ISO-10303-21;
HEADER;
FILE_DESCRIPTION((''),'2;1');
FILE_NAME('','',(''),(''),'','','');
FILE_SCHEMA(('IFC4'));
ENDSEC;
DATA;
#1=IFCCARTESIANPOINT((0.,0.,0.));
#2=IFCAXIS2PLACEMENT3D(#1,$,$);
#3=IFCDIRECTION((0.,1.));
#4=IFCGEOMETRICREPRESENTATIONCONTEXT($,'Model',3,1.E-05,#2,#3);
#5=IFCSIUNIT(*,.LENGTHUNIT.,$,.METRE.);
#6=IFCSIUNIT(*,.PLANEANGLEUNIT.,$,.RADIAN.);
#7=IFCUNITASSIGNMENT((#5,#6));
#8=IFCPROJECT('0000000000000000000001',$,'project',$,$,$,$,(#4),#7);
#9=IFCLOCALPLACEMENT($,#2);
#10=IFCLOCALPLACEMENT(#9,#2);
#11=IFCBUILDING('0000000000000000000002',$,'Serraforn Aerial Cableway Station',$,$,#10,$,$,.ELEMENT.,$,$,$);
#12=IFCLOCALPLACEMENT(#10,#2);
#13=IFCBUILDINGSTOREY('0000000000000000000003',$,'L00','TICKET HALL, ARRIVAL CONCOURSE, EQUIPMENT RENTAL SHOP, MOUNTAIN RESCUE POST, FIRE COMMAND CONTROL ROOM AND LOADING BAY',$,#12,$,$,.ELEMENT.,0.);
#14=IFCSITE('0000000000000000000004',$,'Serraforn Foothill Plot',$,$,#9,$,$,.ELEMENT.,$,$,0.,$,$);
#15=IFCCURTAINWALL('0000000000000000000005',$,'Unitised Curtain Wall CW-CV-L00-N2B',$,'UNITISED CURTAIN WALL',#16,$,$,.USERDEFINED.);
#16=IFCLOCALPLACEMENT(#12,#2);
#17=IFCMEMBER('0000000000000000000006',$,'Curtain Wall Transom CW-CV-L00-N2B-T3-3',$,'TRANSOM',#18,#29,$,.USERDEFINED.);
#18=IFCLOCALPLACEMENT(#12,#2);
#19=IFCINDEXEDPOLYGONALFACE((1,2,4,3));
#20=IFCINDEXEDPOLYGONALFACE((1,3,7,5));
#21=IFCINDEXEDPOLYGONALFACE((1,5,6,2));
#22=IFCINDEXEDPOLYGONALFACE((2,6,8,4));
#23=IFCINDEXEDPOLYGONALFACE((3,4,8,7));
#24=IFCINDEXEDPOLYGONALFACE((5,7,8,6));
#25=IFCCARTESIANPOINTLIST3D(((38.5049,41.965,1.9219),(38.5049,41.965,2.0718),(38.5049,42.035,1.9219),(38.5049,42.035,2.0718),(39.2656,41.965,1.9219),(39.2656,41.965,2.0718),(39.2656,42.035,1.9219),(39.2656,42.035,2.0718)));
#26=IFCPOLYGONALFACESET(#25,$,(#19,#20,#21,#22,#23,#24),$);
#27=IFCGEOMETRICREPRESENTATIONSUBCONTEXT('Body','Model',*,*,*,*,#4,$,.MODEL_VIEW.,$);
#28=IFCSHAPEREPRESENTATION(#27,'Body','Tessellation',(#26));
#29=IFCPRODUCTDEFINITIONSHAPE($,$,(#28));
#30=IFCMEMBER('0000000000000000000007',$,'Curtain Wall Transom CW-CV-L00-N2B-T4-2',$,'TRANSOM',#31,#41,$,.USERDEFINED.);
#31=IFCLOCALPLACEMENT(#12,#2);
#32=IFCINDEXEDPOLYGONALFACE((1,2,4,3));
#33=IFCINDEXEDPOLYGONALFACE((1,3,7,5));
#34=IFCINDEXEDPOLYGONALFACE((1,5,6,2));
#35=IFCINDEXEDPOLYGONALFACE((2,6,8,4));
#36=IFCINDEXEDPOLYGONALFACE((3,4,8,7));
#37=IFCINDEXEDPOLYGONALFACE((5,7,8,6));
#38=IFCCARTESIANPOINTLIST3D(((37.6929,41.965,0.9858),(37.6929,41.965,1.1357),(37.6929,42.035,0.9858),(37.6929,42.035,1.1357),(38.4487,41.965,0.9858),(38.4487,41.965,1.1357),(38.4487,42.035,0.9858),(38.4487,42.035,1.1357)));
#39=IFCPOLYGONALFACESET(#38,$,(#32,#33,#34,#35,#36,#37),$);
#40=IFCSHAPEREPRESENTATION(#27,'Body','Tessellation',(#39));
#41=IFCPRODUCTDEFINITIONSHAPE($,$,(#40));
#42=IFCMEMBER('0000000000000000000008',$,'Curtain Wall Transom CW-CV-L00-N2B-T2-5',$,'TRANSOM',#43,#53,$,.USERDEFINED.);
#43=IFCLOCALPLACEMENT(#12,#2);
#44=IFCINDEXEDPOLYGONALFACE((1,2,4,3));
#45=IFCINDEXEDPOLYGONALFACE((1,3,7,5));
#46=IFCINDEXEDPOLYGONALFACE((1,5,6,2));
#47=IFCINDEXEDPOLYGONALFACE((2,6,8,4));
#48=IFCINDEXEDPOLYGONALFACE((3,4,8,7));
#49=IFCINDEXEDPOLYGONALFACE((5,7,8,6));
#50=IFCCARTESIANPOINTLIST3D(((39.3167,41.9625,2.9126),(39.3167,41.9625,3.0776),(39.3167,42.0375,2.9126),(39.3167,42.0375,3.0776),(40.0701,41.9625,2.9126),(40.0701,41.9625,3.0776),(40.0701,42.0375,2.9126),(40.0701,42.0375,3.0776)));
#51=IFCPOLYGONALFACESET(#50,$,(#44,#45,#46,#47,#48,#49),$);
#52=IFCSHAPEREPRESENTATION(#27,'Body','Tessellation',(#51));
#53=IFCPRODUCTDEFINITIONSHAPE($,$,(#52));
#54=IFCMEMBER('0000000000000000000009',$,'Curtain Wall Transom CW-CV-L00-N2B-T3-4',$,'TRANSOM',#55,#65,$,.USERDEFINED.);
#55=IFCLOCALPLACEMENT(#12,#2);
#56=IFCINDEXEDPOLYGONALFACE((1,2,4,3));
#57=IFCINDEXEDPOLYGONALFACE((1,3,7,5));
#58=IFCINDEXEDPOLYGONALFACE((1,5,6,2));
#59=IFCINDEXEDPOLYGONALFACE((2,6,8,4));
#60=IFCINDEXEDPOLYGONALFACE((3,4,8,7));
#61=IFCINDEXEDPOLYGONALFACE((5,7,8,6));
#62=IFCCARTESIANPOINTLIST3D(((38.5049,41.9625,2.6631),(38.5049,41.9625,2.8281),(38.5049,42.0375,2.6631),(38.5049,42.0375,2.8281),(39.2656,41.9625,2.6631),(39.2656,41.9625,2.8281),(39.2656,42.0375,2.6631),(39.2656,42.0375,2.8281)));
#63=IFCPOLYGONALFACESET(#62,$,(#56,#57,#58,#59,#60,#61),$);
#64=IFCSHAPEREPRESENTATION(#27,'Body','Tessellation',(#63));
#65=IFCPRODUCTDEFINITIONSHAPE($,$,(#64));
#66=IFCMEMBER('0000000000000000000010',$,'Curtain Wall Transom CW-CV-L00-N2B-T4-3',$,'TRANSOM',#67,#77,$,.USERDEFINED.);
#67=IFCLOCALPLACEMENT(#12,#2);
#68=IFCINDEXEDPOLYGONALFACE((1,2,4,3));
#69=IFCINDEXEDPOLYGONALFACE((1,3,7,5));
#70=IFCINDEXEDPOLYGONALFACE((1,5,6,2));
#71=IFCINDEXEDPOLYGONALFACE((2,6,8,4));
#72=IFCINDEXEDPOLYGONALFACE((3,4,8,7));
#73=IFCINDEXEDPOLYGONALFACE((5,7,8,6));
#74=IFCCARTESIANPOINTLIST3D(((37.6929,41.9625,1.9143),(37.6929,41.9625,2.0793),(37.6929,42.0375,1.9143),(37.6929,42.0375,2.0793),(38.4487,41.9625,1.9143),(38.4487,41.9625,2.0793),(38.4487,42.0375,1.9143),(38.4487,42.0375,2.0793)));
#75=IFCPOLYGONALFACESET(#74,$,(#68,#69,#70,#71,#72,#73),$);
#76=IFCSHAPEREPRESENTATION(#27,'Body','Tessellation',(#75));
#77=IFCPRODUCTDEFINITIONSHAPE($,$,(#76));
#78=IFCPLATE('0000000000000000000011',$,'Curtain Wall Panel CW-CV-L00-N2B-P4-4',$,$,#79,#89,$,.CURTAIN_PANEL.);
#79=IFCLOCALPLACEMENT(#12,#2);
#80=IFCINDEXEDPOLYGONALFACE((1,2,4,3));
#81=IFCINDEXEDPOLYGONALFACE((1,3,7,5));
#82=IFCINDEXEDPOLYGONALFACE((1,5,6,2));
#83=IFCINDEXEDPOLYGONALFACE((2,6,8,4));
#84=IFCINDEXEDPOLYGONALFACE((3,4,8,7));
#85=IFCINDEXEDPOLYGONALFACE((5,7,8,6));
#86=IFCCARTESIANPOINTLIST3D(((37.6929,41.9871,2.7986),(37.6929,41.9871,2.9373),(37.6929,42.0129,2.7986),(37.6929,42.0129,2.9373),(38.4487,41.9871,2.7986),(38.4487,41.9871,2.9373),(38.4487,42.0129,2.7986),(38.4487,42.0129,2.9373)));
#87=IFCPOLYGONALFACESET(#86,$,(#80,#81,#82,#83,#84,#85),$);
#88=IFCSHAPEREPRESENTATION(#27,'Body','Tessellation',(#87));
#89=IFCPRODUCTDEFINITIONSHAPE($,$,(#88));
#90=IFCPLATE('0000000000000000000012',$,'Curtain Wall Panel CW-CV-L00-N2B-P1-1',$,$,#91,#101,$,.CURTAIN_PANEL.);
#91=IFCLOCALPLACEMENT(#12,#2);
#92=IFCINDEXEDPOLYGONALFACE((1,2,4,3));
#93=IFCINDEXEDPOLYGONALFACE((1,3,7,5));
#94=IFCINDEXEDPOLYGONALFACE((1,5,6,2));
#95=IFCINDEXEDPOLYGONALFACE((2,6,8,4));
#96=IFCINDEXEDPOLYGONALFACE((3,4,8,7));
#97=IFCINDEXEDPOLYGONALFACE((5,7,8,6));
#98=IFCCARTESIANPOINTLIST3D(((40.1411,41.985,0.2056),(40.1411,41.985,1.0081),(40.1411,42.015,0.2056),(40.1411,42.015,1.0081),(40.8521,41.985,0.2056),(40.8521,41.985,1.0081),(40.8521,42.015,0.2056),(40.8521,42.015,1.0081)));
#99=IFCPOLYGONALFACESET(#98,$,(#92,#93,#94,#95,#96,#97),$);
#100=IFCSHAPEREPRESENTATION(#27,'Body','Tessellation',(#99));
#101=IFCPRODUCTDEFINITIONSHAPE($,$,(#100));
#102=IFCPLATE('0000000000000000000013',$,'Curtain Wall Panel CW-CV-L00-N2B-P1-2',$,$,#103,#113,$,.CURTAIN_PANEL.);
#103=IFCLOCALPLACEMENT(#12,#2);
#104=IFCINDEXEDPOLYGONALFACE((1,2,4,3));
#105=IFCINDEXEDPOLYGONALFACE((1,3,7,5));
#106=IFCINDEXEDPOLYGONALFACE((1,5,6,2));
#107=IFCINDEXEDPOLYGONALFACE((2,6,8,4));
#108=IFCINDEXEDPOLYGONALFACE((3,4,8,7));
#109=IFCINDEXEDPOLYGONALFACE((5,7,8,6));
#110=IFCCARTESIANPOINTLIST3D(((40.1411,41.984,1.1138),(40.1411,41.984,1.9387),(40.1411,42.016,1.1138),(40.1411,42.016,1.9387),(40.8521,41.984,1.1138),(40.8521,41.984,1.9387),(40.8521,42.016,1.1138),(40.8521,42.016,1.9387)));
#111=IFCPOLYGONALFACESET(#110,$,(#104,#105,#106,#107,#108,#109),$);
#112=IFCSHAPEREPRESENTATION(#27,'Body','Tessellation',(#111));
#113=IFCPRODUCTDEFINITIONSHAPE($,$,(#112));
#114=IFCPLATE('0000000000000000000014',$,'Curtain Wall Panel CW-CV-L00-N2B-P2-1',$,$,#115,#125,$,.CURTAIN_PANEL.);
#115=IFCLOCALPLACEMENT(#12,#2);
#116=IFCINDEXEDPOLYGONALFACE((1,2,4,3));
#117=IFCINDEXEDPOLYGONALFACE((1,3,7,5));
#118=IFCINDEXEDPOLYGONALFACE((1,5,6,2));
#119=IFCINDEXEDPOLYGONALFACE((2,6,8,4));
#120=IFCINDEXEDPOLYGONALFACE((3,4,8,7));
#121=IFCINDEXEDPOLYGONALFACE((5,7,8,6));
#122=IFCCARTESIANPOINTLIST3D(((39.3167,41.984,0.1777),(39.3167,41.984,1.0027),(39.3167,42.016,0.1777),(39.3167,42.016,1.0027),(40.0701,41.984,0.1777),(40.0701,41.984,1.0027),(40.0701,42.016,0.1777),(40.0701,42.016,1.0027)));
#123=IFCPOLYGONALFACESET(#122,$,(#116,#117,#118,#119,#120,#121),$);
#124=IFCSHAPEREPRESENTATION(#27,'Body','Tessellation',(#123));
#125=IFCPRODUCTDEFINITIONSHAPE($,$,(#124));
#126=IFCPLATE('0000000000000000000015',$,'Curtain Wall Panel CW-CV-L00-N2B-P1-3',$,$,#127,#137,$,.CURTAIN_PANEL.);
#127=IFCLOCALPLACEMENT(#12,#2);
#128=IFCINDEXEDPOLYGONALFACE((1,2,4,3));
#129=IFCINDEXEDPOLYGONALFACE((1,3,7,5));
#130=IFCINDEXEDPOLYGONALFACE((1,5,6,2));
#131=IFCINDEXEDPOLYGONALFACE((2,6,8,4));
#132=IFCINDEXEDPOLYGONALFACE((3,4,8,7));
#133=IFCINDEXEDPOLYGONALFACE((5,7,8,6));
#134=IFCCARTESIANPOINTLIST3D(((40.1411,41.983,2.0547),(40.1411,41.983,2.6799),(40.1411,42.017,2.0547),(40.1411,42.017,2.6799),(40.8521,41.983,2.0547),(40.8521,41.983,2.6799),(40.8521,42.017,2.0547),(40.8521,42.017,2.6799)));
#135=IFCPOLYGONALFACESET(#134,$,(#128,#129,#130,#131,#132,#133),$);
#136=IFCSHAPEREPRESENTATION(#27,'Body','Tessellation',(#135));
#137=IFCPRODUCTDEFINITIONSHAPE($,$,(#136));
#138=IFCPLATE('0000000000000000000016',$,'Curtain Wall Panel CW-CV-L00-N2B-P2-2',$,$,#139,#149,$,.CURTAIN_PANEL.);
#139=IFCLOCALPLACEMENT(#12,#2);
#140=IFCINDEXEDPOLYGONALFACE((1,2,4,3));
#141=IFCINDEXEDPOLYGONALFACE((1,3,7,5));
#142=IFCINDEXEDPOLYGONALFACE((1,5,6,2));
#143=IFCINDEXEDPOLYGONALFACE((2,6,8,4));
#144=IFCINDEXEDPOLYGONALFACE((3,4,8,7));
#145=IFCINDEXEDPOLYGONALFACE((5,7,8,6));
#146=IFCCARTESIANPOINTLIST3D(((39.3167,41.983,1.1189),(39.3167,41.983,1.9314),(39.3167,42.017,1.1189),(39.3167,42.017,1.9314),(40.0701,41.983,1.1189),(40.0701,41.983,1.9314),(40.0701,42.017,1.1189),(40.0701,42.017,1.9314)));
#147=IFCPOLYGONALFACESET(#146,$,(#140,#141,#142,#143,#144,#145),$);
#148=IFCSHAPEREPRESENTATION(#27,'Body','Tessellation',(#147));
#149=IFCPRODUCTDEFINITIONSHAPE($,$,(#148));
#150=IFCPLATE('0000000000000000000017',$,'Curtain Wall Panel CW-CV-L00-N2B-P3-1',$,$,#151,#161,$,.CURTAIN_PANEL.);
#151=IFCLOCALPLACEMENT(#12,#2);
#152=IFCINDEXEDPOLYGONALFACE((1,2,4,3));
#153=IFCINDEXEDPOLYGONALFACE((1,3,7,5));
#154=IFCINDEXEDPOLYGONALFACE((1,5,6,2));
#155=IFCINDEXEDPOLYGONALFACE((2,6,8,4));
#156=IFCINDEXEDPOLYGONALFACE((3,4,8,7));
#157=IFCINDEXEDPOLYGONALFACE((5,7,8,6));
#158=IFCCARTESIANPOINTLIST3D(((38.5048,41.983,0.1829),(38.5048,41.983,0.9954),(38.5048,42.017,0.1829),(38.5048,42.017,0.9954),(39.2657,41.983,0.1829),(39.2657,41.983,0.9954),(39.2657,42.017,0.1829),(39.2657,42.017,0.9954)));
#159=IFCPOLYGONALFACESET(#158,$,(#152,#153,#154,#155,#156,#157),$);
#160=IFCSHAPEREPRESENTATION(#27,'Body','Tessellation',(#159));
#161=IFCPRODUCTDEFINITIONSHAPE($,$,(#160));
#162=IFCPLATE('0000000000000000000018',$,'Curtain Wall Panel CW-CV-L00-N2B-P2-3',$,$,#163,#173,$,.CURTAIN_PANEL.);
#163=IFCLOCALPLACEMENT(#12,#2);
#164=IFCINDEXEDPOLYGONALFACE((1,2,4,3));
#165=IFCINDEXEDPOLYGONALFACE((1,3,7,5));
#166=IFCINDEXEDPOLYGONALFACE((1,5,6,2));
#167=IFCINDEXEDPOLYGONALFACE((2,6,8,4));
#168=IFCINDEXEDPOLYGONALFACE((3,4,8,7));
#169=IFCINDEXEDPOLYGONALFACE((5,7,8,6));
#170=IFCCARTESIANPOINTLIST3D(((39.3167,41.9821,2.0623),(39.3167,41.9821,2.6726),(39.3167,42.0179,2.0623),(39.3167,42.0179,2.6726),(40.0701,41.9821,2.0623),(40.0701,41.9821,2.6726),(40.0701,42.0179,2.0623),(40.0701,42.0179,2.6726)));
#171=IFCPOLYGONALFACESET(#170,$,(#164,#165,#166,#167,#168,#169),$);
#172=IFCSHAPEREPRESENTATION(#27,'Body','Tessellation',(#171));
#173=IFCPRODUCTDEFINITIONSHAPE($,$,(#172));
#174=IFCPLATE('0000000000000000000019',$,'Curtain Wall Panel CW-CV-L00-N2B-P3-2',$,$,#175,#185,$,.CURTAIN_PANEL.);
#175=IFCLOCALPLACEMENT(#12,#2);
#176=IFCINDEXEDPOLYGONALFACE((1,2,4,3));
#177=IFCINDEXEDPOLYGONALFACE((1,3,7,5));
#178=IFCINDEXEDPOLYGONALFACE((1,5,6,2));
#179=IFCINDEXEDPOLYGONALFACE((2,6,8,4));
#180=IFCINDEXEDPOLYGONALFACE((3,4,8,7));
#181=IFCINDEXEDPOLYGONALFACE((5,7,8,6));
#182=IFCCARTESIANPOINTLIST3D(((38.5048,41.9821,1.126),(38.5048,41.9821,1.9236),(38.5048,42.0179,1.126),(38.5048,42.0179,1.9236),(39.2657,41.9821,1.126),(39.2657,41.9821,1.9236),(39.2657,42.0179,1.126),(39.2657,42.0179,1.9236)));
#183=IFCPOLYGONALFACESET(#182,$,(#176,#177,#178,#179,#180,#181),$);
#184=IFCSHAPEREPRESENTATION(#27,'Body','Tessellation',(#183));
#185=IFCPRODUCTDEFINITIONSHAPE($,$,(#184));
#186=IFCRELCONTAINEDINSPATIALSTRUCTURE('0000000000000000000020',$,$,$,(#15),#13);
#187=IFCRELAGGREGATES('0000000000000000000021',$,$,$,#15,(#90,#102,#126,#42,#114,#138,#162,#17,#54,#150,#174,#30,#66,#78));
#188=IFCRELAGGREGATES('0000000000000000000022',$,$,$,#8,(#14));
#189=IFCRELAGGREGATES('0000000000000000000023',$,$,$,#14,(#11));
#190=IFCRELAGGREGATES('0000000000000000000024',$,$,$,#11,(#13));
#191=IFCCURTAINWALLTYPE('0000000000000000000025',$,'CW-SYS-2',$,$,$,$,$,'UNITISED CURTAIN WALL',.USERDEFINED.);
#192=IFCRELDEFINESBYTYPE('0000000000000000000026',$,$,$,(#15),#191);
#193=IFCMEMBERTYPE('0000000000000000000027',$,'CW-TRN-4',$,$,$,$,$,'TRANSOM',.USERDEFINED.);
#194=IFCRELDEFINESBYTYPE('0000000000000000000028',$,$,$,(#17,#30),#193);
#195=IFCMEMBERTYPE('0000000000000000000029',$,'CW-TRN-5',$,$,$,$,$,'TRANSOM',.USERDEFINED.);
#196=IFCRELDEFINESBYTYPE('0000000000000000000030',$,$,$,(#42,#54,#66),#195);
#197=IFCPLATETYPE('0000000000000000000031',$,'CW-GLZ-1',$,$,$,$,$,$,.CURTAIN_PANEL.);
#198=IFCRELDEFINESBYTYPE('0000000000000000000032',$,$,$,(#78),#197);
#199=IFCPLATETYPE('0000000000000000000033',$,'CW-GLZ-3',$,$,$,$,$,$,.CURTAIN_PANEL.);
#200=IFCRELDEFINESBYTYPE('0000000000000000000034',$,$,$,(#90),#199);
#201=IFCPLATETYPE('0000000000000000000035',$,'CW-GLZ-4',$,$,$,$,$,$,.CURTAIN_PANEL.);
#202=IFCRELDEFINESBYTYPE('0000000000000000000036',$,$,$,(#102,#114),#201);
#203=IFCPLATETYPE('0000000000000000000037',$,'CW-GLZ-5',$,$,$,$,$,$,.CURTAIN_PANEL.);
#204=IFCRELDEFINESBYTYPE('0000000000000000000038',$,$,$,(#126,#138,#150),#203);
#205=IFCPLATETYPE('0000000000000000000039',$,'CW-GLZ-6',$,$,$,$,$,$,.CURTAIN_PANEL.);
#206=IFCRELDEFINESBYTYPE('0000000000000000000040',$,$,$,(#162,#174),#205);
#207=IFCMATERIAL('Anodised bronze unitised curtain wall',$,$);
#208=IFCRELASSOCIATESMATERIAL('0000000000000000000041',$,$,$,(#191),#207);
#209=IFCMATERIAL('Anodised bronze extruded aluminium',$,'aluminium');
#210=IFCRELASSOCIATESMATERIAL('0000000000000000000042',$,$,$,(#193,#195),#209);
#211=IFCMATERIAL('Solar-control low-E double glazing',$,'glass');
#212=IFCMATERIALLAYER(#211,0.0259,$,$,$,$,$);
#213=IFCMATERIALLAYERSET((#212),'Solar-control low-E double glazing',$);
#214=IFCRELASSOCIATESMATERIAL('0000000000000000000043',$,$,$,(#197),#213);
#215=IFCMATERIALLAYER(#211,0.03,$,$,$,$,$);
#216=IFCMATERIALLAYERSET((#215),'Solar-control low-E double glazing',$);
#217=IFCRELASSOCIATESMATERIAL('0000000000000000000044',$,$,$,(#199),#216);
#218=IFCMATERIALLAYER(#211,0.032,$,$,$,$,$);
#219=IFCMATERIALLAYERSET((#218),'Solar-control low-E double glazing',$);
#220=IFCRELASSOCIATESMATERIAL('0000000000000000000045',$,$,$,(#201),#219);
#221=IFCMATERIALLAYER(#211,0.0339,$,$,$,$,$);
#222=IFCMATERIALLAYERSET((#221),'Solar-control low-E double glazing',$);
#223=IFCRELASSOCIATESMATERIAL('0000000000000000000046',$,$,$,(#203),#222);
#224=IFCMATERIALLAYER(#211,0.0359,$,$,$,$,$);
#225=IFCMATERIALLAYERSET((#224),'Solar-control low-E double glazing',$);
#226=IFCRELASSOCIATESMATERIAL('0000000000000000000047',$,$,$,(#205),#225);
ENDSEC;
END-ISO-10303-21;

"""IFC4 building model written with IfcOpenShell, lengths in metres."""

from ifc_helpers import new_model, si_unit, direction, frame, origin, origin_2d, place, context, subcontext, project, spatial, rectangle, extrude, material, layer, layer_set, material_profile, profile_set, type_object, element, aggregate, save


model = new_model("IFC4")

# Units and contexts
model_context = context("Model", 3, precision=1e-05, world=origin(), true_north=direction((0.0, 1.0)))
body_context = subcontext(model_context, "Body", "Model", "MODEL_VIEW")
ifc_project = project(units=[si_unit("LENGTHUNIT", "METRE"), si_unit("PLANEANGLEUNIT", "RADIAN")], contexts=[model_context])

# Site, building, storey
site_placement = place(None, origin())
site = spatial("IfcSite", under=ifc_project, at=site_placement, Name="Serraforn Foothill Plot", CompositionType="ELEMENT", RefElevation=0.0)
building_placement = place(site_placement, origin())
building = spatial("IfcBuilding", under=site, at=building_placement, Name="Serraforn Aerial Cableway Station", CompositionType="ELEMENT")
storey_placement = place(building_placement, origin())
storey = spatial("IfcBuildingStorey", under=building, at=storey_placement, Name="L00", Description="TICKET HALL, ARRIVAL CONCOURSE, EQUIPMENT RENTAL SHOP, MOUNTAIN RESCUE POST, FIRE COMMAND CONTROL ROOM AND LOADING BAY", CompositionType="ELEMENT", Elevation=0.0)

# Curtain wall, members, plates
ifc_material_1 = material(Name="Anodised bronze unitised curtain wall")
curtain_wall_type = type_object("IfcCurtainWallType", Name="CW-SYS-2", ElementType="UNITISED CURTAIN WALL", PredefinedType="USERDEFINED", material=ifc_material_1)
curtain_wall_placement = place(storey_placement, origin())
curtain_wall = element("IfcCurtainWall", 1, at=curtain_wall_placement, inside=storey, type_object=curtain_wall_type, Name="Unitised Curtain Wall CW-CV-L00-N2B", ObjectType="UNITISED CURTAIN WALL", PredefinedType="USERDEFINED")
ifc_material_2 = material(Name="Anodised bronze extruded aluminium", Category="aluminium")
ifc_material_profile_1 = material_profile(ifc_material_2, rectangle(XDim=0.0701, YDim=0.1499, at=origin_2d()), Name="CW TRANSOM 70x150")
ifc_profile_set_1 = profile_set([ifc_material_profile_1], Name="Anodised bronze extruded aluminium")
member_type_1 = type_object("IfcMemberType", Name="CW-TRN-4", ElementType="TRANSOM", PredefinedType="USERDEFINED", material=ifc_profile_set_1)
member_1_placement = place(storey_placement, frame((39.2656, 42.0, 1.9968), z_axis=(-1.0, 0.0, 0.0), x_axis=(0.0, -1.0, 0.0)))
member_1 = element("IfcMember", 2, at=member_1_placement, type_object=member_type_1, Name="Curtain Wall Transom CW-CV-L00-N2B-T3-3", ObjectType="TRANSOM", PredefinedType="USERDEFINED", context=body_context, shape_type="SweptSolid", body=[
    extrude(rectangle(XDim=0.0701, YDim=0.1499, at=origin_2d()), origin(), (0.0, 0.0, 1.0), 0.7607),
])
member_2_placement = place(storey_placement, frame((38.4487, 42.0, 1.0608), z_axis=(-1.0, 0.0, 0.0), x_axis=(0.0, -1.0, 0.0)))
member_2 = element("IfcMember", 3, at=member_2_placement, type_object=member_type_1, Name="Curtain Wall Transom CW-CV-L00-N2B-T4-2", ObjectType="TRANSOM", PredefinedType="USERDEFINED", context=body_context, shape_type="SweptSolid", body=[
    extrude(rectangle(XDim=0.0701, YDim=0.1499, at=origin_2d()), origin(), (0.0, 0.0, 1.0), 0.7559),
])
ifc_material_profile_2 = material_profile(ifc_material_2, rectangle(XDim=0.075, YDim=0.165, at=origin_2d()), Name="CW TRANSOM 75x165")
ifc_profile_set_2 = profile_set([ifc_material_profile_2], Name="Anodised bronze extruded aluminium")
member_type_2 = type_object("IfcMemberType", Name="CW-TRN-5", ElementType="TRANSOM", PredefinedType="USERDEFINED", material=ifc_profile_set_2)
member_3_placement = place(storey_placement, frame((40.0701, 42.0, 2.9951), z_axis=(-1.0, 0.0, 0.0), x_axis=(0.0, -1.0, 0.0)))
member_3 = element("IfcMember", 4, at=member_3_placement, type_object=member_type_2, Name="Curtain Wall Transom CW-CV-L00-N2B-T2-5", ObjectType="TRANSOM", PredefinedType="USERDEFINED", context=body_context, shape_type="SweptSolid", body=[
    extrude(rectangle(XDim=0.075, YDim=0.165, at=origin_2d()), origin(), (0.0, 0.0, 1.0), 0.7534),
])
member_4_placement = place(storey_placement, frame((39.2656, 42.0, 2.7456), z_axis=(-1.0, 0.0, 0.0), x_axis=(0.0, -1.0, 0.0)))
member_4 = element("IfcMember", 5, at=member_4_placement, type_object=member_type_2, Name="Curtain Wall Transom CW-CV-L00-N2B-T3-4", ObjectType="TRANSOM", PredefinedType="USERDEFINED", context=body_context, shape_type="SweptSolid", body=[
    extrude(rectangle(XDim=0.075, YDim=0.165, at=origin_2d()), origin(), (0.0, 0.0, 1.0), 0.7607),
])
member_5_placement = place(storey_placement, frame((38.4487, 42.0, 1.9968), z_axis=(-1.0, 0.0, 0.0), x_axis=(0.0, -1.0, 0.0)))
member_5 = element("IfcMember", 6, at=member_5_placement, type_object=member_type_2, Name="Curtain Wall Transom CW-CV-L00-N2B-T4-3", ObjectType="TRANSOM", PredefinedType="USERDEFINED", context=body_context, shape_type="SweptSolid", body=[
    extrude(rectangle(XDim=0.075, YDim=0.165, at=origin_2d()), origin(), (0.0, 0.0, 1.0), 0.7559),
])
ifc_material_3 = material(Name="Solar-control low-E double glazing", Category="glass")
ifc_layer_1 = layer(ifc_material_3, 0.0259)
ifc_layer_set_1 = layer_set([ifc_layer_1], Name="Solar-control low-E double glazing")
plate_type_1 = type_object("IfcPlateType", Name="CW-GLZ-1", PredefinedType="CURTAIN_PANEL", material=ifc_layer_set_1)
plate_1_placement = place(storey_placement, frame((38.0708, 42.0, 2.7986), z_axis=(0.0, 0.0, 1.0), x_axis=(1.0, 0.0, 0.0)))
plate_1 = element("IfcPlate", 7, at=plate_1_placement, type_object=plate_type_1, Name="Curtain Wall Panel CW-CV-L00-N2B-P4-4", PredefinedType="CURTAIN_PANEL", context=body_context, shape_type="SweptSolid", body=[
    extrude(rectangle(XDim=0.7559, YDim=0.0259, at=origin_2d()), origin(), (0.0, 0.0, 1.0), 0.1387),
])
ifc_layer_2 = layer(ifc_material_3, 0.03)
ifc_layer_set_2 = layer_set([ifc_layer_2], Name="Solar-control low-E double glazing")
plate_type_2 = type_object("IfcPlateType", Name="CW-GLZ-3", PredefinedType="CURTAIN_PANEL", material=ifc_layer_set_2)
plate_2_placement = place(storey_placement, frame((40.4966, 42.0, 0.2056), z_axis=(0.0, 0.0, 1.0), x_axis=(1.0, 0.0, 0.0)))
plate_2 = element("IfcPlate", 8, at=plate_2_placement, type_object=plate_type_2, Name="Curtain Wall Panel CW-CV-L00-N2B-P1-1", PredefinedType="CURTAIN_PANEL", context=body_context, shape_type="SweptSolid", body=[
    extrude(rectangle(XDim=0.7109, YDim=0.03, at=origin_2d()), origin(), (0.0, 0.0, 1.0), 0.8025),
])
ifc_layer_3 = layer(ifc_material_3, 0.032)
ifc_layer_set_3 = layer_set([ifc_layer_3], Name="Solar-control low-E double glazing")
plate_type_3 = type_object("IfcPlateType", Name="CW-GLZ-4", PredefinedType="CURTAIN_PANEL", material=ifc_layer_set_3)
plate_3_placement = place(storey_placement, frame((40.4966, 42.0, 1.1138), z_axis=(0.0, 0.0, 1.0), x_axis=(1.0, 0.0, 0.0)))
plate_3 = element("IfcPlate", 9, at=plate_3_placement, type_object=plate_type_3, Name="Curtain Wall Panel CW-CV-L00-N2B-P1-2", PredefinedType="CURTAIN_PANEL", context=body_context, shape_type="SweptSolid", body=[
    extrude(rectangle(XDim=0.7109, YDim=0.032, at=origin_2d()), origin(), (0.0, 0.0, 1.0), 0.825),
])
plate_4_placement = place(storey_placement, frame((39.6934, 42.0, 0.1777), z_axis=(0.0, 0.0, 1.0), x_axis=(1.0, 0.0, 0.0)))
plate_4 = element("IfcPlate", 10, at=plate_4_placement, type_object=plate_type_3, Name="Curtain Wall Panel CW-CV-L00-N2B-P2-1", PredefinedType="CURTAIN_PANEL", context=body_context, shape_type="SweptSolid", body=[
    extrude(rectangle(XDim=0.7534, YDim=0.032, at=origin_2d()), origin(), (0.0, 0.0, 1.0), 0.825),
])
ifc_layer_4 = layer(ifc_material_3, 0.0339)
ifc_layer_set_4 = layer_set([ifc_layer_4], Name="Solar-control low-E double glazing")
plate_type_4 = type_object("IfcPlateType", Name="CW-GLZ-5", PredefinedType="CURTAIN_PANEL", material=ifc_layer_set_4)
plate_5_placement = place(storey_placement, frame((40.4966, 42.0, 2.0547), z_axis=(0.0, 0.0, 1.0), x_axis=(1.0, 0.0, 0.0)))
plate_5 = element("IfcPlate", 11, at=plate_5_placement, type_object=plate_type_4, Name="Curtain Wall Panel CW-CV-L00-N2B-P1-3", PredefinedType="CURTAIN_PANEL", context=body_context, shape_type="SweptSolid", body=[
    extrude(rectangle(XDim=0.7109, YDim=0.0339, at=origin_2d()), origin(), (0.0, 0.0, 1.0), 0.6252),
])
plate_6_placement = place(storey_placement, frame((39.6934, 42.0, 1.1189), z_axis=(0.0, 0.0, 1.0), x_axis=(1.0, 0.0, 0.0)))
plate_6 = element("IfcPlate", 12, at=plate_6_placement, type_object=plate_type_4, Name="Curtain Wall Panel CW-CV-L00-N2B-P2-2", PredefinedType="CURTAIN_PANEL", context=body_context, shape_type="SweptSolid", body=[
    extrude(rectangle(XDim=0.7534, YDim=0.0339, at=origin_2d()), origin(), (0.0, 0.0, 1.0), 0.8125),
])
plate_7_placement = place(storey_placement, frame((38.8853, 42.0, 0.1829), z_axis=(0.0, 0.0, 1.0), x_axis=(1.0, 0.0, 0.0)))
plate_7 = element("IfcPlate", 13, at=plate_7_placement, type_object=plate_type_4, Name="Curtain Wall Panel CW-CV-L00-N2B-P3-1", PredefinedType="CURTAIN_PANEL", context=body_context, shape_type="SweptSolid", body=[
    extrude(rectangle(XDim=0.761, YDim=0.0339, at=origin_2d()), origin(), (0.0, 0.0, 1.0), 0.8125),
])
ifc_layer_5 = layer(ifc_material_3, 0.0359)
ifc_layer_set_5 = layer_set([ifc_layer_5], Name="Solar-control low-E double glazing")
plate_type_5 = type_object("IfcPlateType", Name="CW-GLZ-6", PredefinedType="CURTAIN_PANEL", material=ifc_layer_set_5)
plate_8_placement = place(storey_placement, frame((39.6934, 42.0, 2.0623), z_axis=(0.0, 0.0, 1.0), x_axis=(1.0, 0.0, 0.0)))
plate_8 = element("IfcPlate", 14, at=plate_8_placement, type_object=plate_type_5, Name="Curtain Wall Panel CW-CV-L00-N2B-P2-3", PredefinedType="CURTAIN_PANEL", context=body_context, shape_type="SweptSolid", body=[
    extrude(rectangle(XDim=0.7534, YDim=0.0359, at=origin_2d()), origin(), (0.0, 0.0, 1.0), 0.6104),
])
plate_9_placement = place(storey_placement, frame((38.8853, 42.0, 1.126), z_axis=(0.0, 0.0, 1.0), x_axis=(1.0, 0.0, 0.0)))
plate_9 = element("IfcPlate", 15, at=plate_9_placement, type_object=plate_type_5, Name="Curtain Wall Panel CW-CV-L00-N2B-P3-2", PredefinedType="CURTAIN_PANEL", context=body_context, shape_type="SweptSolid", body=[
    extrude(rectangle(XDim=0.761, YDim=0.0359, at=origin_2d()), origin(), (0.0, 0.0, 1.0), 0.7976),
])
aggregate(curtain_wall, [plate_2, plate_3, plate_5, member_3, plate_4, plate_6, plate_8, member_1, member_4, plate_7, plate_9, member_2, member_5, plate_1])

save(model, "model.ifc")
